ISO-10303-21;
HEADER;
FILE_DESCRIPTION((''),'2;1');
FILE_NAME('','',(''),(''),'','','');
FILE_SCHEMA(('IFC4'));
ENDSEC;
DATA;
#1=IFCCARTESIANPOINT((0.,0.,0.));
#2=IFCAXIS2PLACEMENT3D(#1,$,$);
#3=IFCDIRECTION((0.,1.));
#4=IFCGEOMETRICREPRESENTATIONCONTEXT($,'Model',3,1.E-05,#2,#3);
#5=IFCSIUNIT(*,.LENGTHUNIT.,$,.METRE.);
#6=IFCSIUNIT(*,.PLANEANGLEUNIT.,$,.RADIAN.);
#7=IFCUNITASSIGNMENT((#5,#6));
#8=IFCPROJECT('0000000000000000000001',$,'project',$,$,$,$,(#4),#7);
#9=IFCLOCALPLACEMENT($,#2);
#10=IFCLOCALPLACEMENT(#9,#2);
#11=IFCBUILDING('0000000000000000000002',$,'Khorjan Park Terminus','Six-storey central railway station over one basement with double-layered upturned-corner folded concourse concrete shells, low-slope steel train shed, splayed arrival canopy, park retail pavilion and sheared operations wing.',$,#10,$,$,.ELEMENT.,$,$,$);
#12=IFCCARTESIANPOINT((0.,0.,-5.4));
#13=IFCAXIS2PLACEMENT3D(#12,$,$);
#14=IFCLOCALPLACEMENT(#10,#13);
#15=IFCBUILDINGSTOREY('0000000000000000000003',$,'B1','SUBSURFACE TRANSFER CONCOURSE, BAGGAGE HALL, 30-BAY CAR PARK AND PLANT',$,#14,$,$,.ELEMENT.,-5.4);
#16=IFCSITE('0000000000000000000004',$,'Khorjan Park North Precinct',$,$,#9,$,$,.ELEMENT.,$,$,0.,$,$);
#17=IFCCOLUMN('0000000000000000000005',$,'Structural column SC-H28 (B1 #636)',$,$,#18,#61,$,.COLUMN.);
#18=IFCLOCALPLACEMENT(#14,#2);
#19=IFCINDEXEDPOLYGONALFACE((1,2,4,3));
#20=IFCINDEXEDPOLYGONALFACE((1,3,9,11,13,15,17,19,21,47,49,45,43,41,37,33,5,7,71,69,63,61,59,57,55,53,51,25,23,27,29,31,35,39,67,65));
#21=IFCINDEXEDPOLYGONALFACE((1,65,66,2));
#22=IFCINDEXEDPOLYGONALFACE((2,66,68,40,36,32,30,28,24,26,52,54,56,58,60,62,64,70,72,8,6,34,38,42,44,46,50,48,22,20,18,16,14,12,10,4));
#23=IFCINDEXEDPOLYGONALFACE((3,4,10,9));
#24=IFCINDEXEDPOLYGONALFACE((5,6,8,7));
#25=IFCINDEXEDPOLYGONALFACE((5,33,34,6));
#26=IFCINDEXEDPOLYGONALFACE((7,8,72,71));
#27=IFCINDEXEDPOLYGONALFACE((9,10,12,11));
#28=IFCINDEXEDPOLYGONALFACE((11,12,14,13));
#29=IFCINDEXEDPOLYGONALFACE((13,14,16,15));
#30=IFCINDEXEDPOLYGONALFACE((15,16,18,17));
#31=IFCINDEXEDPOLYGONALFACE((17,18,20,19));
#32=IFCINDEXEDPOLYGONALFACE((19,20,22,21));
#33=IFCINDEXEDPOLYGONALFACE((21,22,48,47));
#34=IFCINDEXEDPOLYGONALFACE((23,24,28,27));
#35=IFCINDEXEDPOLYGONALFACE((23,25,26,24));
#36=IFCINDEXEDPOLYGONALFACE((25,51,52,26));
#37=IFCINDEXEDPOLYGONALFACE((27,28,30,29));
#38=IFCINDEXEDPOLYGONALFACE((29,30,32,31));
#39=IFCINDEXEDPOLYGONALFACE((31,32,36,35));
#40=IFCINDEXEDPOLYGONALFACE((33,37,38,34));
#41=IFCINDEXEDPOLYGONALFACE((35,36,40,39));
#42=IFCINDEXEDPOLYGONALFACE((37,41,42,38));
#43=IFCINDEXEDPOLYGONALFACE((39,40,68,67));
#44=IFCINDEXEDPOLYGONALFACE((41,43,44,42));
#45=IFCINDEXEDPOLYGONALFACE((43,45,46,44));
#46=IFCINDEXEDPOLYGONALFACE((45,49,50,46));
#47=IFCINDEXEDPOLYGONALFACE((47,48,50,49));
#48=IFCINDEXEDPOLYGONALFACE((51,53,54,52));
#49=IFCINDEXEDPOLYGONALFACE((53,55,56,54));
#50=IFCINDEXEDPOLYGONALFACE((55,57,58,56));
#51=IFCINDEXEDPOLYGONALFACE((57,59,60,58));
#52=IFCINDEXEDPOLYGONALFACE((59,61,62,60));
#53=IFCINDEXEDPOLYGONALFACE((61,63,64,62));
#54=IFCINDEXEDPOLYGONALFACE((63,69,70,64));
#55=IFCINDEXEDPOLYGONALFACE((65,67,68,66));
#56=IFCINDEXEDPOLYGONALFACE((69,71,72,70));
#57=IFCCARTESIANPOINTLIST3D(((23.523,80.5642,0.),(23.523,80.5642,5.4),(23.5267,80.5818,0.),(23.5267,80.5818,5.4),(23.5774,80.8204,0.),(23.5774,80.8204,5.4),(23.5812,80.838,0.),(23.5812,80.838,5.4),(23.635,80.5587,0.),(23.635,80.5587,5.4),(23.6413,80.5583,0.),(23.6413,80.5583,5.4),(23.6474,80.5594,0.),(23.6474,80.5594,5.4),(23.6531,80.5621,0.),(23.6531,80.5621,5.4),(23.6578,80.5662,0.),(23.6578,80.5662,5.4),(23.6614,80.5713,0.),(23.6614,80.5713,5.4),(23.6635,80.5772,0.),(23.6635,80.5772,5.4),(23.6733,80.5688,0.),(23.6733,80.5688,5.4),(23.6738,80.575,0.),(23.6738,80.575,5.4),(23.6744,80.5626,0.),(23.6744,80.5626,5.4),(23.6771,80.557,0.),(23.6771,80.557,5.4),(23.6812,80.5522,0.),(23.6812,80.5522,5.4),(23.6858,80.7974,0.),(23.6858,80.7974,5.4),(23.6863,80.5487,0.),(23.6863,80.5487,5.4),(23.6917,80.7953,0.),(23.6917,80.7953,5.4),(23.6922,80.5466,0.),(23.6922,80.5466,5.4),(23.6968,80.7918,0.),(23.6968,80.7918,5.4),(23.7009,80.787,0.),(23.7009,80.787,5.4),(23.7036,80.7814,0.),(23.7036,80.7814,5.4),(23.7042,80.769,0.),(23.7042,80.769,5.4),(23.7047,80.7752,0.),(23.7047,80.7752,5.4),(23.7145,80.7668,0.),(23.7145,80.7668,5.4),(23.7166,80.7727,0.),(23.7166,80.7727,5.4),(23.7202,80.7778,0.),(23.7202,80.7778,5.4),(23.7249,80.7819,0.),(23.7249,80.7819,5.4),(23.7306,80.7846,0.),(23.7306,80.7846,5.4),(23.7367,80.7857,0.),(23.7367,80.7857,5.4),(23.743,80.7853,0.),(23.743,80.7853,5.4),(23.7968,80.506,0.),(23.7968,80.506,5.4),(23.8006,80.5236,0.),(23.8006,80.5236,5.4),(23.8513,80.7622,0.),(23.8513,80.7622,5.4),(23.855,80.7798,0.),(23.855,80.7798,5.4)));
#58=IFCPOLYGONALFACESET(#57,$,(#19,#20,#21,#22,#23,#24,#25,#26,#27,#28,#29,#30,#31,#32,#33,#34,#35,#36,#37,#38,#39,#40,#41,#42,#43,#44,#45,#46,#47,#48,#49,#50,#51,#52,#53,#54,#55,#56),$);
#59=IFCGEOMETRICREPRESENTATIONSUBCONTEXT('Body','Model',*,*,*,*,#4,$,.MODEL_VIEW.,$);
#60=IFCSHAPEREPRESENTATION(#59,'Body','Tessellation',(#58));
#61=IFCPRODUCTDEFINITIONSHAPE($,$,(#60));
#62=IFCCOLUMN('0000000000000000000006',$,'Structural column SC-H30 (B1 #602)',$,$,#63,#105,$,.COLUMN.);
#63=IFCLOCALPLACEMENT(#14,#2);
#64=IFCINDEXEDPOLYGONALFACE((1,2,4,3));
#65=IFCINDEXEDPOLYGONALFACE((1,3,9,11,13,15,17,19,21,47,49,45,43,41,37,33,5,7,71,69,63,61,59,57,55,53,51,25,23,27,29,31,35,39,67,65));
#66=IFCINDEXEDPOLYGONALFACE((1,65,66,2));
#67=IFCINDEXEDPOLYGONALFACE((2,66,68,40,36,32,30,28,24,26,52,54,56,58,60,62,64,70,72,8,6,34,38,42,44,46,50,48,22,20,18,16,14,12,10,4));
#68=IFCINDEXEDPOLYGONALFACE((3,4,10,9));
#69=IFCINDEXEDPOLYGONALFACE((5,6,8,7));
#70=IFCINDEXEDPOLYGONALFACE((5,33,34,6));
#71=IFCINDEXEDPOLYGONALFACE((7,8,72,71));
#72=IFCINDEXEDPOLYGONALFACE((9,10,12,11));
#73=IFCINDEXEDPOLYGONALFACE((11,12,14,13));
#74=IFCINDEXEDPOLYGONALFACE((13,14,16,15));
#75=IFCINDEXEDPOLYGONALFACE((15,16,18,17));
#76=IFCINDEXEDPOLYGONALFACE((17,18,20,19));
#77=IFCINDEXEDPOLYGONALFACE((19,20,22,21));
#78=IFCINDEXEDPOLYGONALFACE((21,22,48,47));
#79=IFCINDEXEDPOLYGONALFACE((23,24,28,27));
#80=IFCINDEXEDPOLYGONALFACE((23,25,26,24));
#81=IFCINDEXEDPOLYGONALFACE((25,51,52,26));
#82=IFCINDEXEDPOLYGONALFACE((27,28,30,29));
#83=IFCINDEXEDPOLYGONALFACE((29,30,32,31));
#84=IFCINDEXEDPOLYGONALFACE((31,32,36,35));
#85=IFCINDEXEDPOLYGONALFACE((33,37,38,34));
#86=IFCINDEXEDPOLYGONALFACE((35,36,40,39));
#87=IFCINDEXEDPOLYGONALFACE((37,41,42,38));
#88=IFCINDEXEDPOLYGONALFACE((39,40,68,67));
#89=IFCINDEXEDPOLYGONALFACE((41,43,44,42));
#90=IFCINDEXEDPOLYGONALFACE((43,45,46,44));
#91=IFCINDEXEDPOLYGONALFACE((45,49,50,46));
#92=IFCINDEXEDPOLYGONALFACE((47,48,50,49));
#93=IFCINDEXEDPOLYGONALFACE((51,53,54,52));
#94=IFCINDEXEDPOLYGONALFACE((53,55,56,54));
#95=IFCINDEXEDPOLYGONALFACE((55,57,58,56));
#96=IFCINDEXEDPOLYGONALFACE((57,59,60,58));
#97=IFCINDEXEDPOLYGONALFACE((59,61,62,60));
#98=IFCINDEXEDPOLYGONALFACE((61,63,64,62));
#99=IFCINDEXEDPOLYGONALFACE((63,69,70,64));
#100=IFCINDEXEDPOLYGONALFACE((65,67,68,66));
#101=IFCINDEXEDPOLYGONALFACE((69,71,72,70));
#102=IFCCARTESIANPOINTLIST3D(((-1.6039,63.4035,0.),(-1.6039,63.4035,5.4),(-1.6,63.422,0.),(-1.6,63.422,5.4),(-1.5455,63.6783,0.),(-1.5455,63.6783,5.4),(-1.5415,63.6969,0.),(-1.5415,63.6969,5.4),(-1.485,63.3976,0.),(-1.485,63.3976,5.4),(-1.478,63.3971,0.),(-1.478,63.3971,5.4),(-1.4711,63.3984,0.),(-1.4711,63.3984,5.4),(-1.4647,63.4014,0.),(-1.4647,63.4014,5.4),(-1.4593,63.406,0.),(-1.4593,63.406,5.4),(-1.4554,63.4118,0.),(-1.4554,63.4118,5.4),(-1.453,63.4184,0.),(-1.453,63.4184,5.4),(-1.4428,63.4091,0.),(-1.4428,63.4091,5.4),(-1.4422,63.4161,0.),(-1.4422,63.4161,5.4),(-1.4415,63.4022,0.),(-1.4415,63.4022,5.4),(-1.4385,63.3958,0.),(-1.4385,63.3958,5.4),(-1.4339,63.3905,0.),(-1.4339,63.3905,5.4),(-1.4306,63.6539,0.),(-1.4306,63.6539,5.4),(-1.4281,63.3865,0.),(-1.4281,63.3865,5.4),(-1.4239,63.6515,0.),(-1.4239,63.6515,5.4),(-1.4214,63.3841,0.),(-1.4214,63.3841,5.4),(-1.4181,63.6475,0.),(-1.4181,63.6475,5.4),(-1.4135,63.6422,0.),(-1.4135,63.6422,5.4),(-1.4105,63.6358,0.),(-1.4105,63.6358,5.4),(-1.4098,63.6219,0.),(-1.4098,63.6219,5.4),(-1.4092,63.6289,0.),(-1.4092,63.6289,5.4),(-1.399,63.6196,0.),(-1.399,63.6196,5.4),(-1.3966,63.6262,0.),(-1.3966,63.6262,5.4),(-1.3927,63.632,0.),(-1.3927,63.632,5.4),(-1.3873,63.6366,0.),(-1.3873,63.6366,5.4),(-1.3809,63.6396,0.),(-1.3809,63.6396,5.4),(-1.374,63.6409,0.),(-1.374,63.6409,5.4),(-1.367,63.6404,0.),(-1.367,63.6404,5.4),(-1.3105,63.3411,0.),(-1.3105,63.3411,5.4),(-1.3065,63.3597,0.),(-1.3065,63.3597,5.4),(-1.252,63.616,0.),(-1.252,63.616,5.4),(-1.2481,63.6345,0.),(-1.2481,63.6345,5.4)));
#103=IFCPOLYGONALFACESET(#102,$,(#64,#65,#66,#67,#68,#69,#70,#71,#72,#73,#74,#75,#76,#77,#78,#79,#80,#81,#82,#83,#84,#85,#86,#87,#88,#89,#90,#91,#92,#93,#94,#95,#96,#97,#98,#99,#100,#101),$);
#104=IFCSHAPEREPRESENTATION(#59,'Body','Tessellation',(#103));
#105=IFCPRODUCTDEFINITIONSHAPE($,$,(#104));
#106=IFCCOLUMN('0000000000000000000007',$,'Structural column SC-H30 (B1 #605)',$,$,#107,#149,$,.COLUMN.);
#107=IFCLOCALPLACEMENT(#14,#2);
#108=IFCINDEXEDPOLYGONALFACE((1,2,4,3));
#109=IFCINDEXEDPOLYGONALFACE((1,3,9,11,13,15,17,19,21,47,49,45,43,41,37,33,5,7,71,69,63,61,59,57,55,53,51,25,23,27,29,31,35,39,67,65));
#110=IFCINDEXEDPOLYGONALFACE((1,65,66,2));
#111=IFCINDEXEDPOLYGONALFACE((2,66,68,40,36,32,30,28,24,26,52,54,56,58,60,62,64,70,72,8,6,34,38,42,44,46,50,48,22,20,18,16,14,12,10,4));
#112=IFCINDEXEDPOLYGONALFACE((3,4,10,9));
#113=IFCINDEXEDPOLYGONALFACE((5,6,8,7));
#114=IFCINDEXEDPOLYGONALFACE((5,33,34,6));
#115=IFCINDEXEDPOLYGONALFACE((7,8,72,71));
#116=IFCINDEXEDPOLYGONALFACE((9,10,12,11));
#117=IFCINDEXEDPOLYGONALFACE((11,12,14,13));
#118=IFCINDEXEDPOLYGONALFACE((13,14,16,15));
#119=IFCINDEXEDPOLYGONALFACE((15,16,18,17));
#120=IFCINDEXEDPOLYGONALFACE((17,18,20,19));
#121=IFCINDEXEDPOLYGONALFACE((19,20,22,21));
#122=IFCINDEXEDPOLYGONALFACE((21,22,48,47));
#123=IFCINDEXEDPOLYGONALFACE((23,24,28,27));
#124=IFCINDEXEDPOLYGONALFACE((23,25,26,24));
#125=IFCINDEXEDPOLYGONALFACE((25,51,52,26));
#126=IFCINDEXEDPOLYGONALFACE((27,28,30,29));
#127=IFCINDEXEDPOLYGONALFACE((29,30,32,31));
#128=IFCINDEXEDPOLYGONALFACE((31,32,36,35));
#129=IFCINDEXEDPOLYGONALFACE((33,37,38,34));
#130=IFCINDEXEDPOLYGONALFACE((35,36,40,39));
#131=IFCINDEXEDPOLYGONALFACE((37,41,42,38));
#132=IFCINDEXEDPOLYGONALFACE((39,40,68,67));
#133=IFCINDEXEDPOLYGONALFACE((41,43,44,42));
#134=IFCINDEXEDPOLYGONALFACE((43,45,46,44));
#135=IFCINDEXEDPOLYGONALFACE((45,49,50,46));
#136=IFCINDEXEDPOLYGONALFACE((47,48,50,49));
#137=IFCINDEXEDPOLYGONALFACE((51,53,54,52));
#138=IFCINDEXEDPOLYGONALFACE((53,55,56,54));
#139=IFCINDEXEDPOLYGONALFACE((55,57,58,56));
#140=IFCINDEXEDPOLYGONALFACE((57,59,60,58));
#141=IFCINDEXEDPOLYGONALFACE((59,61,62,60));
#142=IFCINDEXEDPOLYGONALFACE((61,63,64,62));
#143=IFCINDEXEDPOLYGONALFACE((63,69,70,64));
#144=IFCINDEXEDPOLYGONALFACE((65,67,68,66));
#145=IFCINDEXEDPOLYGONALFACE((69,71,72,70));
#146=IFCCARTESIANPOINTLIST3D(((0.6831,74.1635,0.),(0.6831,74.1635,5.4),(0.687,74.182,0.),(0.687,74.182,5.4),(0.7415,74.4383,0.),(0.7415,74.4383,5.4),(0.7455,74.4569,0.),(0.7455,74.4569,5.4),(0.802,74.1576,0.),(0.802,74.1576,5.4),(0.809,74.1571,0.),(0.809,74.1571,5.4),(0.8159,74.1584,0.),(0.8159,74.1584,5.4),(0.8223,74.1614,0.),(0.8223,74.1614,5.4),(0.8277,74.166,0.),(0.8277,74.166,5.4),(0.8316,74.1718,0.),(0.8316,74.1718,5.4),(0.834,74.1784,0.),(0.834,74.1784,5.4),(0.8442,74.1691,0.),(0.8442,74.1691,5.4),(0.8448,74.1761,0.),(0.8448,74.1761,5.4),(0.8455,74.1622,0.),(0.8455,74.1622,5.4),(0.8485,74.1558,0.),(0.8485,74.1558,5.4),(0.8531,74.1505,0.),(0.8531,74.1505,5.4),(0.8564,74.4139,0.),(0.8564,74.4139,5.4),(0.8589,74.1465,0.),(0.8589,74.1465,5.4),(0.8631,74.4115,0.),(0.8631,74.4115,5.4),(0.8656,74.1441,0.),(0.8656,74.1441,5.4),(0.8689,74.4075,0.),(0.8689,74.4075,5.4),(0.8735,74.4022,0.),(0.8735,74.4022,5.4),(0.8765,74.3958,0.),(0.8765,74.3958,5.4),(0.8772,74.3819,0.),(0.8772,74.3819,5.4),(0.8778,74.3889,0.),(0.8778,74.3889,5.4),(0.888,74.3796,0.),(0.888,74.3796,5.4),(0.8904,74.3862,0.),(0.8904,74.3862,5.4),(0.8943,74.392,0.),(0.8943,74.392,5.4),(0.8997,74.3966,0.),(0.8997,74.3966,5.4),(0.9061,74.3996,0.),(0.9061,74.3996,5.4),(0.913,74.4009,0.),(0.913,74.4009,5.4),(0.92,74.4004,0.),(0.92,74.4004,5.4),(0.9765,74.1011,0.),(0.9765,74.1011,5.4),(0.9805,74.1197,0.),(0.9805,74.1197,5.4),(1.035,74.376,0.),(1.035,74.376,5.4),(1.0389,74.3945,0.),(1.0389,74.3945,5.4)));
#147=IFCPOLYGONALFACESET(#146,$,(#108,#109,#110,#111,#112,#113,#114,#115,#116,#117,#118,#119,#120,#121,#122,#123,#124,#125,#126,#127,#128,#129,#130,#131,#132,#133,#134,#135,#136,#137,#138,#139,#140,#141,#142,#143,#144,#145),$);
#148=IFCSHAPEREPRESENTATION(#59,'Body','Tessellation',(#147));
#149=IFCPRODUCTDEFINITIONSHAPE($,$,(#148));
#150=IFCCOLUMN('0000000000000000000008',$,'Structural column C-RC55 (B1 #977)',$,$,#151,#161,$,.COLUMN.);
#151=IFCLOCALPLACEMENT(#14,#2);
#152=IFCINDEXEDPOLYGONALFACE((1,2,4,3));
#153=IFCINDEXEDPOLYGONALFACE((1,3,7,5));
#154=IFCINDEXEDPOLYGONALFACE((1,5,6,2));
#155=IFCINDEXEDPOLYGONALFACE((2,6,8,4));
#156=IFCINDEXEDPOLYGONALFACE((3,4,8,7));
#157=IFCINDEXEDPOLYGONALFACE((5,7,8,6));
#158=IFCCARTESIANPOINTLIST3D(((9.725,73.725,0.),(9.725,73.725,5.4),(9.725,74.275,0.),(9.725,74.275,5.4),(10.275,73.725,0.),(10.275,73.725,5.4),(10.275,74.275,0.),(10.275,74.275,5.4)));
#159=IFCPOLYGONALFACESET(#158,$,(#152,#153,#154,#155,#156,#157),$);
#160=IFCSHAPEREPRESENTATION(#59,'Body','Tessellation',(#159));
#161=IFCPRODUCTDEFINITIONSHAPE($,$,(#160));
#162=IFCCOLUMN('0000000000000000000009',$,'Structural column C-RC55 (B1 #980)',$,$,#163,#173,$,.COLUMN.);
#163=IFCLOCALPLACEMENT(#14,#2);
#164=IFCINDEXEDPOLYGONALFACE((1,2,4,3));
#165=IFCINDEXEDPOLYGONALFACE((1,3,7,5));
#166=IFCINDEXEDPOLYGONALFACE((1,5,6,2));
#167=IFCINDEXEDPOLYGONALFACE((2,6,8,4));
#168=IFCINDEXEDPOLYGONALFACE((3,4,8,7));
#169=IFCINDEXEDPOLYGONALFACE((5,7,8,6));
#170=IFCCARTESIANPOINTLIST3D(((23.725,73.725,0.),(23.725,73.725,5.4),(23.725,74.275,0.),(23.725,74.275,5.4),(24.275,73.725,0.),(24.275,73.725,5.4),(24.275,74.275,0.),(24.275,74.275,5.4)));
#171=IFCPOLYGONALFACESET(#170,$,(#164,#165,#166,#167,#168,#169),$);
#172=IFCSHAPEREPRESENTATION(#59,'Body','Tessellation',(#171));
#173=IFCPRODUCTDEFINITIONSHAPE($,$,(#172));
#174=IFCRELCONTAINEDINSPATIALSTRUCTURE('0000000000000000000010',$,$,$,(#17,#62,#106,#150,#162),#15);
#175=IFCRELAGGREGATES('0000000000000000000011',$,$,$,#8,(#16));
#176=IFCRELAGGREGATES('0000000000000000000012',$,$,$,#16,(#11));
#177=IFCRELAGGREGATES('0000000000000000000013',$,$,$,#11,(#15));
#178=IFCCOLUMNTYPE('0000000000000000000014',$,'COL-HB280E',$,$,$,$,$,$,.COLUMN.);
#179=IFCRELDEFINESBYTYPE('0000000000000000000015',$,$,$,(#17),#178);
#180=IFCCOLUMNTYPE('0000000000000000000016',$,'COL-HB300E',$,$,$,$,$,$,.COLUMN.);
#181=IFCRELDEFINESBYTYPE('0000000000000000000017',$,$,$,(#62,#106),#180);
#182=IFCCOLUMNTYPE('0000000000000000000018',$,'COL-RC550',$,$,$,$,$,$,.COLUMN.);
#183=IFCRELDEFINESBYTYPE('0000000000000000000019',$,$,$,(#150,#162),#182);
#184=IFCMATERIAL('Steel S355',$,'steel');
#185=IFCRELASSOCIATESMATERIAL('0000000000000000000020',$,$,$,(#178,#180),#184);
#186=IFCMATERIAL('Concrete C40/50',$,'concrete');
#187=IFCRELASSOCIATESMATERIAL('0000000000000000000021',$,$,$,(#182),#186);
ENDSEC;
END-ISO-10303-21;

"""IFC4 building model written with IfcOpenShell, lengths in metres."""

from ifc_helpers import new_model, si_unit, direction, frame, origin, origin_2d, place, context, subcontext, project, spatial, rectangle, i_section, extrude, material, material_profile, profile_set, type_object, element, save


model = new_model("IFC4")

# Units and contexts
model_context = context("Model", 3, precision=1e-05, world=origin(), true_north=direction((0.0, 1.0)))
body_context = subcontext(model_context, "Body", "Model", "MODEL_VIEW")
ifc_project = project(units=[si_unit("LENGTHUNIT", "METRE"), si_unit("PLANEANGLEUNIT", "RADIAN")], contexts=[model_context])

# Site, building, storey
site_placement = place(None, origin())
site = spatial("IfcSite", under=ifc_project, at=site_placement, Name="Khorjan Park North Precinct", CompositionType="ELEMENT", RefElevation=0.0)
building_placement = place(site_placement, origin())
building = spatial("IfcBuilding", under=site, at=building_placement, Name="Khorjan Park Terminus", Description="Six-storey central railway station over one basement with double-layered upturned-corner folded concourse concrete shells, low-slope steel train shed, splayed arrival canopy, park retail pavilion and sheared operations wing.", CompositionType="ELEMENT")
storey_placement = place(building_placement, frame((0.0, 0.0, -5.4)))
storey = spatial("IfcBuildingStorey", under=building, at=storey_placement, Name="B1", Description="SUBSURFACE TRANSFER CONCOURSE, BAGGAGE HALL, 30-BAY CAR PARK AND PLANT", CompositionType="ELEMENT", Elevation=-5.4)

# Shared definitions
ifc_material_1 = material(Name="Concrete C40/50", Category="concrete")

# Columns
ifc_material_2 = material(Name="Steel S355", Category="steel")
ifc_material_profile_1 = material_profile(ifc_material_2, i_section(OverallWidth=0.28, OverallDepth=0.28, WebThickness=0.0105, FlangeThickness=0.018, FilletRadius=0.024, at=origin_2d()), Name="HEB 280")
ifc_profile_set_1 = profile_set([ifc_material_profile_1], Name="Steel S355")
column_type_1 = type_object("IfcColumnType", Name="COL-HB280E", PredefinedType="COLUMN", material=ifc_profile_set_1)
column_1_placement = place(storey_placement, frame((23.689, 80.672, 0.0), z_axis=(0.0, 0.0, 1.0), x_axis=(0.978148, -0.207912, 0.0)))
element("IfcColumn", 1, at=column_1_placement, inside=storey, type_object=column_type_1, Name="Structural column SC-H28 (B1 #636)", PredefinedType="COLUMN", context=body_context, shape_type="SweptSolid", body=[
    extrude(i_section(OverallWidth=0.28, OverallDepth=0.28, WebThickness=0.0105, FlangeThickness=0.018, FilletRadius=0.024, at=origin_2d()), origin(), (0.0, 0.0, 1.0), 5.4),
])
ifc_material_profile_2 = material_profile(ifc_material_2, i_section(OverallWidth=0.3, OverallDepth=0.3, WebThickness=0.011, FlangeThickness=0.019, FilletRadius=0.027, at=origin_2d()), Name="HEB 300")
ifc_profile_set_2 = profile_set([ifc_material_profile_2], Name="Steel S355")
column_type_2 = type_object("IfcColumnType", Name="COL-HB300E", PredefinedType="COLUMN", material=ifc_profile_set_2)
for number, where, z_axis, x_axis, name in (
    (2, (-1.426, 63.519, 0.0), (0.0, 0.0, 1.0), (0.978148, -0.207912, 0.0), "Structural column SC-H30 (B1 #602)"),
    (3, (0.861, 74.279, 0.0), (0.0, 0.0, 1.0), (0.978148, -0.207912, 0.0), "Structural column SC-H30 (B1 #605)"),
):
    element("IfcColumn", number, at=place(storey_placement, frame(where, z_axis=z_axis, x_axis=x_axis)), inside=storey, type_object=column_type_2, Name=name, PredefinedType="COLUMN", context=body_context, shape_type="SweptSolid", body=[
        extrude(i_section(OverallWidth=0.3, OverallDepth=0.3, WebThickness=0.011, FlangeThickness=0.019, FilletRadius=0.027, at=origin_2d()), origin(), (0.0, 0.0, 1.0), 5.4),
    ])
ifc_material_profile_3 = material_profile(ifc_material_1, rectangle(XDim=0.55, YDim=0.55, at=origin_2d()), Name="RC 550x550")
ifc_profile_set_3 = profile_set([ifc_material_profile_3], Name="Concrete C40/50")
column_type_3 = type_object("IfcColumnType", Name="COL-RC550", PredefinedType="COLUMN", material=ifc_profile_set_3)
for number, where, z_axis, x_axis, name in (
    (4, (10.0, 74.0, 0.0), (0.0, 0.0, 1.0), (1.0, 0.0, 0.0), "Structural column C-RC55 (B1 #977)"),
    (5, (24.0, 74.0, 0.0), (0.0, 0.0, 1.0), (1.0, 0.0, 0.0), "Structural column C-RC55 (B1 #980)"),
):
    element("IfcColumn", number, at=place(storey_placement, frame(where, z_axis=z_axis, x_axis=x_axis)), inside=storey, type_object=column_type_3, Name=name, PredefinedType="COLUMN", context=body_context, shape_type="SweptSolid", body=[
        extrude(rectangle(XDim=0.55, YDim=0.55, at=origin_2d()), origin(), (0.0, 0.0, 1.0), 5.4),
    ])

save(model, "model.ifc")
